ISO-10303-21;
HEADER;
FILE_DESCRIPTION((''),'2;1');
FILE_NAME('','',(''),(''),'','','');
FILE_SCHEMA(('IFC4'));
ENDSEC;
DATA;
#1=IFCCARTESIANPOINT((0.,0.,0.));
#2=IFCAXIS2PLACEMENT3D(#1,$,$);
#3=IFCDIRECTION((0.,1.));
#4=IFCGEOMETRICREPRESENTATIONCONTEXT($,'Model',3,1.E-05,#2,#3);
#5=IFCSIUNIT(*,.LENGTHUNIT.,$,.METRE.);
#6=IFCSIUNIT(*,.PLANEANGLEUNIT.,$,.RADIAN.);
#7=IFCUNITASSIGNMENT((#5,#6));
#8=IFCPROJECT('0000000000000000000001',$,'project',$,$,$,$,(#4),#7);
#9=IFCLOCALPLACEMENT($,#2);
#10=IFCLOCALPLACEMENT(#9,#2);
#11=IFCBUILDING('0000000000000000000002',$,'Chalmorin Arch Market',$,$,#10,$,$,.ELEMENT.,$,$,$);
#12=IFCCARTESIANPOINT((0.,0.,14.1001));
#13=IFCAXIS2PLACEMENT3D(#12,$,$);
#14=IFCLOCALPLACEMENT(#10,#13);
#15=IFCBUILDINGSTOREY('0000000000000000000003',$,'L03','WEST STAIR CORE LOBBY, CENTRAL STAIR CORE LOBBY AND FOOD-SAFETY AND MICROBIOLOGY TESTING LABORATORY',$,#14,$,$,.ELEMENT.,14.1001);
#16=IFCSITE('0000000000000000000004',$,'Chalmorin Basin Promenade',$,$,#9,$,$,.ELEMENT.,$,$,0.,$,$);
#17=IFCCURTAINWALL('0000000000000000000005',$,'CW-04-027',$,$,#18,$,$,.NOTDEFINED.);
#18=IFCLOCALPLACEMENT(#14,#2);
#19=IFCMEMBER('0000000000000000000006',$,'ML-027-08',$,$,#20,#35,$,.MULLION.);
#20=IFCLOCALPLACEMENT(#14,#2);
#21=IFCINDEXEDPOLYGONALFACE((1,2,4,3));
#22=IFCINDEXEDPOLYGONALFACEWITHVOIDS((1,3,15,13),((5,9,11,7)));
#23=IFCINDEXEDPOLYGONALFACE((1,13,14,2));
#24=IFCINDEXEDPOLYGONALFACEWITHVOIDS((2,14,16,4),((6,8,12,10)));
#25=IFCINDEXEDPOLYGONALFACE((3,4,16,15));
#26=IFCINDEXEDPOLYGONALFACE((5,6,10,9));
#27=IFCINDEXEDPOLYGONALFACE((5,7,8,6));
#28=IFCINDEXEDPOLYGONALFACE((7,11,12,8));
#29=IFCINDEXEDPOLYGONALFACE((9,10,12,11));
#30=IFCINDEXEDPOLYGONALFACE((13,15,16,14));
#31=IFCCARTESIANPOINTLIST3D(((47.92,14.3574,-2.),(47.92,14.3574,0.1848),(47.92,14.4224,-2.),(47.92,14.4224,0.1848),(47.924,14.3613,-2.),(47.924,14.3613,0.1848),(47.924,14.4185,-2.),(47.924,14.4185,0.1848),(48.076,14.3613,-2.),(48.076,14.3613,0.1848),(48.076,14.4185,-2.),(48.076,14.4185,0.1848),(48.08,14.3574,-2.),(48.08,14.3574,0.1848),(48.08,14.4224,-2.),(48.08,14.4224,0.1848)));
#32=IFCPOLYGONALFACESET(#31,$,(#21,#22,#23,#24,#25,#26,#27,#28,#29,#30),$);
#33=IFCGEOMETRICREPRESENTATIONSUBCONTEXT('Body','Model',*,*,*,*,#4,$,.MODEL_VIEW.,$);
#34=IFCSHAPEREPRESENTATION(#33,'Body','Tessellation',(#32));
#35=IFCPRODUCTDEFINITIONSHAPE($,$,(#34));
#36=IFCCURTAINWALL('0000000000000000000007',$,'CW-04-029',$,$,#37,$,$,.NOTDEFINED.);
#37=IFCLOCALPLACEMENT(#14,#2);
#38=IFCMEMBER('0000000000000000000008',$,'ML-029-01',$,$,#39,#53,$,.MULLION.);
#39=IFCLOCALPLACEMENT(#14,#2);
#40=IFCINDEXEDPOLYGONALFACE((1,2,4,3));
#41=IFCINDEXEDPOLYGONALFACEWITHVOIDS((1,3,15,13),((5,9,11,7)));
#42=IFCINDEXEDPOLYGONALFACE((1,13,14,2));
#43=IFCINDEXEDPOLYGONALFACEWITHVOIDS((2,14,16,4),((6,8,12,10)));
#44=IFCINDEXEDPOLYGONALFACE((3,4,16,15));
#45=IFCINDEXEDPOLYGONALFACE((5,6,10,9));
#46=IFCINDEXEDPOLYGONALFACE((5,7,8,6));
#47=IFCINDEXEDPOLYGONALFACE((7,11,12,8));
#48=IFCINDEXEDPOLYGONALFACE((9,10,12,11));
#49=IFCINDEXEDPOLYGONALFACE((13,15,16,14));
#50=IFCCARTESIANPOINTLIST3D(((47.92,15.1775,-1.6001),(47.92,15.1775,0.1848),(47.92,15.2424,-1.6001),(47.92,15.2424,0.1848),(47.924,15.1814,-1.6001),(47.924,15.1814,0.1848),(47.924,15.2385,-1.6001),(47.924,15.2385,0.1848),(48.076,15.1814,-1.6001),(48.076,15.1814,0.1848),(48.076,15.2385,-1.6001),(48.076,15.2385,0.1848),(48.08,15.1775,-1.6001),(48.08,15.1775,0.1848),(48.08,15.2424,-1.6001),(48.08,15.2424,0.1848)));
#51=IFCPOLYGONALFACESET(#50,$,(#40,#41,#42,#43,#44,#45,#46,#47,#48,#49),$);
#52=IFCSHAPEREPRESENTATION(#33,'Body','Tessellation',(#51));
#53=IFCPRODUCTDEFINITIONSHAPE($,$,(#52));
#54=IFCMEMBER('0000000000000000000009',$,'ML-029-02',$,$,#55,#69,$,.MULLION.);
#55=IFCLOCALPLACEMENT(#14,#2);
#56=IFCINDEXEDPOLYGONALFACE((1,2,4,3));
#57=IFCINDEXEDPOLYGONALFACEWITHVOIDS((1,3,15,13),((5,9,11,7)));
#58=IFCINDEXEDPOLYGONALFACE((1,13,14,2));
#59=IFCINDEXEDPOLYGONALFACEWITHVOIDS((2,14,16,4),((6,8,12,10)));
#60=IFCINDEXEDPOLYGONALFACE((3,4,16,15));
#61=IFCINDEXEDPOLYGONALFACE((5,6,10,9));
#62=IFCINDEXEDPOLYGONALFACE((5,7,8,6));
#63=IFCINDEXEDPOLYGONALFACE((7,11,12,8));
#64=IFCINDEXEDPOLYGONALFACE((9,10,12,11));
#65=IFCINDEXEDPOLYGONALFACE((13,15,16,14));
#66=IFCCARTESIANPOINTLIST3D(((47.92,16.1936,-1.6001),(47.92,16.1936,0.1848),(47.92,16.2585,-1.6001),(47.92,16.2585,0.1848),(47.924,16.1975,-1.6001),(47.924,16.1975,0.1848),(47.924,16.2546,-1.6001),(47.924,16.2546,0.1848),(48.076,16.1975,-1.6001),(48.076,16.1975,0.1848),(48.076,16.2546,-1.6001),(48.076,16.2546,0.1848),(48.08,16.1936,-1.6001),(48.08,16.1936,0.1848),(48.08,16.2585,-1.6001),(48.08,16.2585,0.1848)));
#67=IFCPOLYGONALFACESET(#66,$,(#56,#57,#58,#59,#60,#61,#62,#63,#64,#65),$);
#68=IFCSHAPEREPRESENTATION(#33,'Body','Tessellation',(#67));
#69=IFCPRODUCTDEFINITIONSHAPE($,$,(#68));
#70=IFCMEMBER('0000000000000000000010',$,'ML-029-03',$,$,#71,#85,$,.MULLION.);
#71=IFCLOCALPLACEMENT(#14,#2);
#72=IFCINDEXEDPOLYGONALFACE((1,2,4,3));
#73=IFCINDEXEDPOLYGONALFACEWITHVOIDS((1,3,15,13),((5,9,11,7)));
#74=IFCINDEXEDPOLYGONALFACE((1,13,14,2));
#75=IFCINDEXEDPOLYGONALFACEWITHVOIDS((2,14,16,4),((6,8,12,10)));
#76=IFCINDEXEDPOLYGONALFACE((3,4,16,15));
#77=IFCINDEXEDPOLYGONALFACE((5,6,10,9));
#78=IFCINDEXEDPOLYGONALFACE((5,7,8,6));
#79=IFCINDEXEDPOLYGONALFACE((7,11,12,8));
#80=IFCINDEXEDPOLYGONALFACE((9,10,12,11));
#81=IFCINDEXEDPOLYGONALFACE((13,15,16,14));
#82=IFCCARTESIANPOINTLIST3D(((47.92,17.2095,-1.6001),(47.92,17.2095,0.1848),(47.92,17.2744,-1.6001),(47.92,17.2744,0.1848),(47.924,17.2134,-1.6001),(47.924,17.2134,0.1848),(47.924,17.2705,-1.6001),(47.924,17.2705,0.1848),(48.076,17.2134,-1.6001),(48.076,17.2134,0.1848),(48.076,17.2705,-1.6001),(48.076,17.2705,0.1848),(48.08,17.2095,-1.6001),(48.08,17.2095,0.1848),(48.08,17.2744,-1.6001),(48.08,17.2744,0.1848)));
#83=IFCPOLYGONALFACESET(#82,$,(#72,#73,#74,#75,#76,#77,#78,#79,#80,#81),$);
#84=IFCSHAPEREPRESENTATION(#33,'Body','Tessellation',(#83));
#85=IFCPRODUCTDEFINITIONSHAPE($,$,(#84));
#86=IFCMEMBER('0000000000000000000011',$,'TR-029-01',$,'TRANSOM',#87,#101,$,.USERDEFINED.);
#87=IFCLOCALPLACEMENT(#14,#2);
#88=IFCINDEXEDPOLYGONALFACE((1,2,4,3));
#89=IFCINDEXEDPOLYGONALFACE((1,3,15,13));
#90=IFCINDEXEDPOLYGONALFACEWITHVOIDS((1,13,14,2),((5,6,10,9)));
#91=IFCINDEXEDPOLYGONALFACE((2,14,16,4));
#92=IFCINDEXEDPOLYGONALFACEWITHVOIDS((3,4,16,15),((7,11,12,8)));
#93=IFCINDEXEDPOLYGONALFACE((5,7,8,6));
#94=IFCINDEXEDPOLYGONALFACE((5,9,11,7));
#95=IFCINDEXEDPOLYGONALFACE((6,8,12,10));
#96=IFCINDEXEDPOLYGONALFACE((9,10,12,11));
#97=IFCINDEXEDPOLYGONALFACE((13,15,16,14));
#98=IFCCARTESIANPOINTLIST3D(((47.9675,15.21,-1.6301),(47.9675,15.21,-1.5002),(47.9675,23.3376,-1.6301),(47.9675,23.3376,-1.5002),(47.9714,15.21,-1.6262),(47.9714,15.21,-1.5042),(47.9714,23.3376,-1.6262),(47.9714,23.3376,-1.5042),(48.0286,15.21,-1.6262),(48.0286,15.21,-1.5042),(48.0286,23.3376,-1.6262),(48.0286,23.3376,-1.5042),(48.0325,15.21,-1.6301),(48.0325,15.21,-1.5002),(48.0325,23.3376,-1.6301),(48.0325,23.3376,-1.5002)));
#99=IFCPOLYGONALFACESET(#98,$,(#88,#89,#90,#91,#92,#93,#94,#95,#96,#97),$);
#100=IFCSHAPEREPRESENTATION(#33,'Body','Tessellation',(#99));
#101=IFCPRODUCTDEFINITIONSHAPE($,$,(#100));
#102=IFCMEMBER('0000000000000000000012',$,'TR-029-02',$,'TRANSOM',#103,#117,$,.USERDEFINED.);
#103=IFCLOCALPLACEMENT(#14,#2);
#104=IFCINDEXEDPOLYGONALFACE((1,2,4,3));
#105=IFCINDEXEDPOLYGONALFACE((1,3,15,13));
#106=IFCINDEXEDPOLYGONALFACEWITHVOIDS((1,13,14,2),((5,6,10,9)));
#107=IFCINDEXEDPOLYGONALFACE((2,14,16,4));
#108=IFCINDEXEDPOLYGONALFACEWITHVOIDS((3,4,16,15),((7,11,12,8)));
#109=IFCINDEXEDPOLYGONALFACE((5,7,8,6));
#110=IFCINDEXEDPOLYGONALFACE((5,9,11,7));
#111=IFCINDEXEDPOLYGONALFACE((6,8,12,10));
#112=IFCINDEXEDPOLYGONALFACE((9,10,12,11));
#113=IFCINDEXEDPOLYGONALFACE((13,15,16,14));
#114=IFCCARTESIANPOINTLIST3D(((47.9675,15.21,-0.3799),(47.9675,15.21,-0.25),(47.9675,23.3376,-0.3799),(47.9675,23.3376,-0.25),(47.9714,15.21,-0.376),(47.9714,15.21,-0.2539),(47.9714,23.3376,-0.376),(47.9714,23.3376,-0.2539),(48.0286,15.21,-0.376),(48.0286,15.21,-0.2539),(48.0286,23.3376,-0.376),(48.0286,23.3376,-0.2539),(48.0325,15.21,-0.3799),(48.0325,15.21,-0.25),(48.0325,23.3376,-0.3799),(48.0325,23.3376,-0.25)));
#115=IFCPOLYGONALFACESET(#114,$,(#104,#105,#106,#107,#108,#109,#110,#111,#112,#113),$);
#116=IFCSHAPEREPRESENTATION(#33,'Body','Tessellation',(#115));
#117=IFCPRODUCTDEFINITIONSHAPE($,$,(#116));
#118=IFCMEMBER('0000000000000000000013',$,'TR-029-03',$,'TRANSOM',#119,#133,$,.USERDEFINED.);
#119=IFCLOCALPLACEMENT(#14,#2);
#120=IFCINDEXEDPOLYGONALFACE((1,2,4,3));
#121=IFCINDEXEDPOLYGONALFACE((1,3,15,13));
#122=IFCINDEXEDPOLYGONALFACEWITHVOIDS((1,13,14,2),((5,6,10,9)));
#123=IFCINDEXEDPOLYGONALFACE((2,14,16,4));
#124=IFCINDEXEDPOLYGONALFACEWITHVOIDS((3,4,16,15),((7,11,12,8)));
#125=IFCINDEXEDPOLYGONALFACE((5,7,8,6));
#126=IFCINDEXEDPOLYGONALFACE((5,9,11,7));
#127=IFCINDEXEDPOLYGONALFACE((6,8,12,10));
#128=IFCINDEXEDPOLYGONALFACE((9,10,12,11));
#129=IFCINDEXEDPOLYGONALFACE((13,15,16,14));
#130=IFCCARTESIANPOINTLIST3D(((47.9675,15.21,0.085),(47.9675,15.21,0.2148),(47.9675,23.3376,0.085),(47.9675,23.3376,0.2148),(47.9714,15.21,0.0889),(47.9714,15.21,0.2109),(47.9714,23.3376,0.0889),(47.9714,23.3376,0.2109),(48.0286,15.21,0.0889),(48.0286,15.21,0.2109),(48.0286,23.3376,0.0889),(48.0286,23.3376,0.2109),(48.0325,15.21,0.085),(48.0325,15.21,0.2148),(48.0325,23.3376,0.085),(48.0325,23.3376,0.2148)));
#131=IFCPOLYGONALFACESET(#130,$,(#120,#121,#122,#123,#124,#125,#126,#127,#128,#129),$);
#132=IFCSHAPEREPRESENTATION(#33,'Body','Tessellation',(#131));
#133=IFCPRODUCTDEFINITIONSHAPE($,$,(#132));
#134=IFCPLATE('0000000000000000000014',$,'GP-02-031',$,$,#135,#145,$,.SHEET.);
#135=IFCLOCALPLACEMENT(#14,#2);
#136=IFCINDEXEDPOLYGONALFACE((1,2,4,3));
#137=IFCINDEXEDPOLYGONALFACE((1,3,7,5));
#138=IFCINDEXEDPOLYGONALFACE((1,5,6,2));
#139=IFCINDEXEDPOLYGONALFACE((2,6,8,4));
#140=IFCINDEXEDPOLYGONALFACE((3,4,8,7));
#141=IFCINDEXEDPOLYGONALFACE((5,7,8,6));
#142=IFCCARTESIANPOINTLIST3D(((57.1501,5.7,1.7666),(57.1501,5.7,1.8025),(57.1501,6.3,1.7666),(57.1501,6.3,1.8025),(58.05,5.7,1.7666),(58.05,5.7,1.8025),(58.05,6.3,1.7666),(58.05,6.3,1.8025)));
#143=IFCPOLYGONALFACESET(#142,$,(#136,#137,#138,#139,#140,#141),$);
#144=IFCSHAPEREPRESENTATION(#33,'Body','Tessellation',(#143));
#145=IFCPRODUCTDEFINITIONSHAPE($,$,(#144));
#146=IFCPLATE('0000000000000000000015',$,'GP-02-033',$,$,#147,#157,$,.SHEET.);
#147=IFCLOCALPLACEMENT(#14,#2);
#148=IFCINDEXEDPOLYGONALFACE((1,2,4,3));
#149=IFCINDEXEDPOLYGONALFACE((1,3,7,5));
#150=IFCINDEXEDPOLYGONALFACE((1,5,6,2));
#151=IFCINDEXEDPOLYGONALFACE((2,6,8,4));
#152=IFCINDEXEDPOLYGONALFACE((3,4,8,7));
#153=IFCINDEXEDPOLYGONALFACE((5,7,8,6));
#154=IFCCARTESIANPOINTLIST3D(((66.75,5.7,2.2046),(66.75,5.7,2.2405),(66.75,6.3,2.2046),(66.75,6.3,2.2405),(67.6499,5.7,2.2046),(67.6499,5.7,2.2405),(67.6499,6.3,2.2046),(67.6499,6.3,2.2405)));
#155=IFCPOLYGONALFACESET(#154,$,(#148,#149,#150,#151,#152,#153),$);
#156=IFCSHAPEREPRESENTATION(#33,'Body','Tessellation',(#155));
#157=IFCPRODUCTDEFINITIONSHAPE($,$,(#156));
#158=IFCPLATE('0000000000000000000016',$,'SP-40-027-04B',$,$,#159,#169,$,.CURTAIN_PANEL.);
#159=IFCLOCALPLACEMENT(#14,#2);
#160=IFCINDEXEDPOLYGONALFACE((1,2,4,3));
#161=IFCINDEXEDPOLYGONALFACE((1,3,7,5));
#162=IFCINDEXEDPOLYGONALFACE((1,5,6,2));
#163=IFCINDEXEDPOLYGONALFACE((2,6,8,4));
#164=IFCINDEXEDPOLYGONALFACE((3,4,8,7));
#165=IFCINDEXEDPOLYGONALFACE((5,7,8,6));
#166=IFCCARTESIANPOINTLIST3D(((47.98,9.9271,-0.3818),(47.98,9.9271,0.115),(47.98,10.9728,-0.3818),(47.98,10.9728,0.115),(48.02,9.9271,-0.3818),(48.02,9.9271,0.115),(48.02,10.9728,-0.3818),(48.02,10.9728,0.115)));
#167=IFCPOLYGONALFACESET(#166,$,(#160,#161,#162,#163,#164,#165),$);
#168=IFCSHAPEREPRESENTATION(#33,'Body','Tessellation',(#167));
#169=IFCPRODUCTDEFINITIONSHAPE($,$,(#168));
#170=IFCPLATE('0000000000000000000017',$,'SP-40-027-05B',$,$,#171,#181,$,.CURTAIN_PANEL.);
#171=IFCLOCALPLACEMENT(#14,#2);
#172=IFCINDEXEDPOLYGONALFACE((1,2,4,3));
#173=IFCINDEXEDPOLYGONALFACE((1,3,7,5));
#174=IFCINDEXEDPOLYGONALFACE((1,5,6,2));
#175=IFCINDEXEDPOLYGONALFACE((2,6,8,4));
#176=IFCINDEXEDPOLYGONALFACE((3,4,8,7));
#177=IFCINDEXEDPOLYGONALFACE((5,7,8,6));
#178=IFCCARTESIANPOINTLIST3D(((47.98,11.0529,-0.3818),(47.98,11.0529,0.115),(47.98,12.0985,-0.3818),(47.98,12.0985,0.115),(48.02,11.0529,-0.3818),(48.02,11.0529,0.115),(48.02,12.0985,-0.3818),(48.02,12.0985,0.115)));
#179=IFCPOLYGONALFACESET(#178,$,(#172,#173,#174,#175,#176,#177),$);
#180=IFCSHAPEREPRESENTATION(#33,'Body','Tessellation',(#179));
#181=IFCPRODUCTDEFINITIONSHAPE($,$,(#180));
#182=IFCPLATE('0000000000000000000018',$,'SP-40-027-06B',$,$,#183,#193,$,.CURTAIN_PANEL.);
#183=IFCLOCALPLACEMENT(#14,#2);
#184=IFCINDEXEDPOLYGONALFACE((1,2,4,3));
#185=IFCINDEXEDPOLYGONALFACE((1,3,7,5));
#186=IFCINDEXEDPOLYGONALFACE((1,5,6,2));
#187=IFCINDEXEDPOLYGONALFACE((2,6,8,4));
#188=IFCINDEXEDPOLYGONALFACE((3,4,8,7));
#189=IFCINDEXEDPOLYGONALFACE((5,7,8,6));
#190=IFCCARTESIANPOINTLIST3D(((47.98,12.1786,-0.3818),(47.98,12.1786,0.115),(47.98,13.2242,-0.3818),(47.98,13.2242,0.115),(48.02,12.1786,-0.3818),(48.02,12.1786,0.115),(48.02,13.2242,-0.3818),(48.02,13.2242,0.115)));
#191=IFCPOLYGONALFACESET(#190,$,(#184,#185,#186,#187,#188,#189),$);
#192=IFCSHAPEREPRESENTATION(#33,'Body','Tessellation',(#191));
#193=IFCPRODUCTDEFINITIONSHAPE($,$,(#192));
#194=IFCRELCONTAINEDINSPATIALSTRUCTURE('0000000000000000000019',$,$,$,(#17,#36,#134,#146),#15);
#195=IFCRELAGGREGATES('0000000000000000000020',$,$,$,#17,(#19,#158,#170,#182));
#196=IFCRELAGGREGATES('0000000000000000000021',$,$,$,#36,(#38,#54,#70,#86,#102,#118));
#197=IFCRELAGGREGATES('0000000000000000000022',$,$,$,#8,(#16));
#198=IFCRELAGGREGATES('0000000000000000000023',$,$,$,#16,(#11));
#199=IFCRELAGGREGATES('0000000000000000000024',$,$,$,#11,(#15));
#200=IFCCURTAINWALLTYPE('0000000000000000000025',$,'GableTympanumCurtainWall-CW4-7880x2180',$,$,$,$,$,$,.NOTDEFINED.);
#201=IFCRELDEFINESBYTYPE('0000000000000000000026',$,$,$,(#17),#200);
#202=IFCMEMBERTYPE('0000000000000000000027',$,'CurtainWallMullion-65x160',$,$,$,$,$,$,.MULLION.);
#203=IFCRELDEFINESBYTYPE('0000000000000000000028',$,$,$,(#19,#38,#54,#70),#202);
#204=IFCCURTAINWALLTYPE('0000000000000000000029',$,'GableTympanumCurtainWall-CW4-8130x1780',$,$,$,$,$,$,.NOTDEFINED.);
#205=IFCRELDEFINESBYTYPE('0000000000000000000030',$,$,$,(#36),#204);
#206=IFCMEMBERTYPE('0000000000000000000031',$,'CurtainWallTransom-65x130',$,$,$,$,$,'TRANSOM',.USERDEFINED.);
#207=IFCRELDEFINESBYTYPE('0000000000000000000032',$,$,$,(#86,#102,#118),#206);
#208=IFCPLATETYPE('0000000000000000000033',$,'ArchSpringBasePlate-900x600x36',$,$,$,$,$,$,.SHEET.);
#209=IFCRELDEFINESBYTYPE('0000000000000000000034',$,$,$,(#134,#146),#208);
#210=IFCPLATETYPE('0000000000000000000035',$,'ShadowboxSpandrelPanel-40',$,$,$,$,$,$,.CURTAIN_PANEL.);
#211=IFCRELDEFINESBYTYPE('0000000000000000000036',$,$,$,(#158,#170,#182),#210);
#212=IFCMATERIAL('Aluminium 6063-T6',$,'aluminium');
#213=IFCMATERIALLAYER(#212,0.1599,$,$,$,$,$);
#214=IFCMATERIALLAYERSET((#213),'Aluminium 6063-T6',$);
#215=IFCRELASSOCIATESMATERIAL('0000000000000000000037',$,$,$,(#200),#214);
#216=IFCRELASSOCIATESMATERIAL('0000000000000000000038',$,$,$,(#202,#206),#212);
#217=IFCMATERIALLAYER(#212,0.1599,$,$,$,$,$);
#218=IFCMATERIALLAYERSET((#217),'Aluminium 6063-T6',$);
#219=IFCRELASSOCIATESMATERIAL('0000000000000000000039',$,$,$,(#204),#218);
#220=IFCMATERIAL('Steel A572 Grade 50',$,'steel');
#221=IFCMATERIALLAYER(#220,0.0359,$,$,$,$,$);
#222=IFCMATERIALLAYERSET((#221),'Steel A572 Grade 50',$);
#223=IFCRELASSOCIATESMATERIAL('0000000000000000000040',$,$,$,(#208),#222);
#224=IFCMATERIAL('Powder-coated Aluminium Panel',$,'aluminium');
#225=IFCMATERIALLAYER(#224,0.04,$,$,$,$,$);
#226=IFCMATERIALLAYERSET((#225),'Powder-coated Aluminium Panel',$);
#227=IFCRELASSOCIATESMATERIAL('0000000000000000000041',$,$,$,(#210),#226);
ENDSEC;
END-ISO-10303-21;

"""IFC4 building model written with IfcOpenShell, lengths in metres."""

from ifc_helpers import new_model, si_unit, direction, frame, origin, origin_2d, place, context, subcontext, project, spatial, rectangle, hollow_rectangle, extrude, material, layer, layer_set, material_profile, profile_set, type_object, element, aggregate, save


model = new_model("IFC4")

# Units and contexts
model_context = context("Model", 3, precision=1e-05, world=origin(), true_north=direction((0.0, 1.0)))
body_context = subcontext(model_context, "Body", "Model", "MODEL_VIEW")
ifc_project = project(units=[si_unit("LENGTHUNIT", "METRE"), si_unit("PLANEANGLEUNIT", "RADIAN")], contexts=[model_context])

# Site, building, storey
site_placement = place(None, origin())
site = spatial("IfcSite", under=ifc_project, at=site_placement, Name="Chalmorin Basin Promenade", CompositionType="ELEMENT", RefElevation=0.0)
building_placement = place(site_placement, origin())
building = spatial("IfcBuilding", under=site, at=building_placement, Name="Chalmorin Arch Market", CompositionType="ELEMENT")
storey_placement = place(building_placement, frame((0.0, 0.0, 14.1001)))
storey = spatial("IfcBuildingStorey", under=building, at=storey_placement, Name="L03", Description="WEST STAIR CORE LOBBY, CENTRAL STAIR CORE LOBBY AND FOOD-SAFETY AND MICROBIOLOGY TESTING LABORATORY", CompositionType="ELEMENT", Elevation=14.1001)

# Curtain walls, members
ifc_material_1 = material(Name="Aluminium 6063-T6", Category="aluminium")
ifc_layer_1 = layer(ifc_material_1, 0.1599)
ifc_layer_set_1 = layer_set([ifc_layer_1], Name="Aluminium 6063-T6")
curtain_wall_type_1 = type_object("IfcCurtainWallType", Name="GableTympanumCurtainWall-CW4-7880x2180", PredefinedType="NOTDEFINED", material=ifc_layer_set_1)
curtain_wall_1_placement = place(storey_placement, origin())
curtain_wall_1 = element("IfcCurtainWall", 1, at=curtain_wall_1_placement, inside=storey, type_object=curtain_wall_type_1, Name="CW-04-027", PredefinedType="NOTDEFINED")
ifc_material_profile_1 = material_profile(ifc_material_1, hollow_rectangle(XDim=0.0649, YDim=0.1599, WallThickness=0.0039, at=origin_2d()), Name="ALU65X160X4")
ifc_profile_set_1 = profile_set([ifc_material_profile_1], Name="Aluminium 6063-T6")
member_type_1 = type_object("IfcMemberType", Name="CurtainWallMullion-65x160", PredefinedType="MULLION", material=ifc_profile_set_1)
member_1_placement = place(storey_placement, frame((48.0, 14.3899, -2.0), z_axis=(0.0, 0.0, 1.0), x_axis=(0.0, 1.0, 0.0)))
member_1 = element("IfcMember", 2, at=member_1_placement, type_object=member_type_1, Name="ML-027-08", PredefinedType="MULLION", context=body_context, shape_type="SweptSolid", body=[
    extrude(hollow_rectangle(XDim=0.0649, YDim=0.1599, WallThickness=0.0039, at=origin_2d()), origin(), (0.0, 0.0, 1.0), 2.1848),
])
ifc_layer_2 = layer(ifc_material_1, 0.1599)
ifc_layer_set_2 = layer_set([ifc_layer_2], Name="Aluminium 6063-T6")
curtain_wall_type_2 = type_object("IfcCurtainWallType", Name="GableTympanumCurtainWall-CW4-8130x1780", PredefinedType="NOTDEFINED", material=ifc_layer_set_2)
curtain_wall_2_placement = place(storey_placement, origin())
curtain_wall_2 = element("IfcCurtainWall", 3, at=curtain_wall_2_placement, inside=storey, type_object=curtain_wall_type_2, Name="CW-04-029", PredefinedType="NOTDEFINED")
member_2_placement = place(storey_placement, frame((48.0, 15.21, -1.6001), z_axis=(0.0, 0.0, 1.0), x_axis=(0.0, 1.0, 0.0)))
member_2 = element("IfcMember", 4, at=member_2_placement, type_object=member_type_1, Name="ML-029-01", PredefinedType="MULLION", context=body_context, shape_type="SweptSolid", body=[
    extrude(hollow_rectangle(XDim=0.0649, YDim=0.1599, WallThickness=0.0039, at=origin_2d()), origin(), (0.0, 0.0, 1.0), 1.7849),
])
member_3_placement = place(storey_placement, frame((48.0, 16.2261, -1.6001), z_axis=(0.0, 0.0, 1.0), x_axis=(0.0, 1.0, 0.0)))
member_3 = element("IfcMember", 5, at=member_3_placement, type_object=member_type_1, Name="ML-029-02", PredefinedType="MULLION", context=body_context, shape_type="SweptSolid", body=[
    extrude(hollow_rectangle(XDim=0.0649, YDim=0.1599, WallThickness=0.0039, at=origin_2d()), origin(), (0.0, 0.0, 1.0), 1.7849),
])
member_4_placement = place(storey_placement, frame((48.0, 17.2419, -1.6001), z_axis=(0.0, 0.0, 1.0), x_axis=(0.0, 1.0, 0.0)))
member_4 = element("IfcMember", 6, at=member_4_placement, type_object=member_type_1, Name="ML-029-03", PredefinedType="MULLION", context=body_context, shape_type="SweptSolid", body=[
    extrude(hollow_rectangle(XDim=0.0649, YDim=0.1599, WallThickness=0.0039, at=origin_2d()), origin(), (0.0, 0.0, 1.0), 1.7849),
])
ifc_material_profile_2 = material_profile(ifc_material_1, hollow_rectangle(XDim=0.0649, YDim=0.1299, WallThickness=0.0039, at=origin_2d()), Name="ALU65X130X4")
ifc_profile_set_2 = profile_set([ifc_material_profile_2], Name="Aluminium 6063-T6")
member_type_2 = type_object("IfcMemberType", Name="CurtainWallTransom-65x130", ElementType="TRANSOM", PredefinedType="USERDEFINED", material=ifc_profile_set_2)
member_5_placement = place(storey_placement, frame((48.0, 15.21, -1.5652), z_axis=(0.0, 1.0, 0.0), x_axis=(-1.0, 0.0, 0.0)))
member_5 = element("IfcMember", 7, at=member_5_placement, type_object=member_type_2, Name="TR-029-01", ObjectType="TRANSOM", PredefinedType="USERDEFINED", context=body_context, shape_type="SweptSolid", body=[
    extrude(hollow_rectangle(XDim=0.0649, YDim=0.1299, WallThickness=0.0039, at=origin_2d()), origin(), (0.0, 0.0, 1.0), 8.1277),
])
member_6_placement = place(storey_placement, frame((48.0, 15.21, -0.3149), z_axis=(0.0, 1.0, 0.0), x_axis=(-1.0, 0.0, 0.0)))
member_6 = element("IfcMember", 8, at=member_6_placement, type_object=member_type_2, Name="TR-029-02", ObjectType="TRANSOM", PredefinedType="USERDEFINED", context=body_context, shape_type="SweptSolid", body=[
    extrude(hollow_rectangle(XDim=0.0649, YDim=0.1299, WallThickness=0.0039, at=origin_2d()), origin(), (0.0, 0.0, 1.0), 8.1277),
])
member_7_placement = place(storey_placement, frame((48.0, 15.21, 0.1499), z_axis=(0.0, 1.0, 0.0), x_axis=(-1.0, 0.0, 0.0)))
member_7 = element("IfcMember", 9, at=member_7_placement, type_object=member_type_2, Name="TR-029-03", ObjectType="TRANSOM", PredefinedType="USERDEFINED", context=body_context, shape_type="SweptSolid", body=[
    extrude(hollow_rectangle(XDim=0.0649, YDim=0.1299, WallThickness=0.0039, at=origin_2d()), origin(), (0.0, 0.0, 1.0), 8.1277),
])

# Plates
ifc_material_2 = material(Name="Steel A572 Grade 50", Category="steel")
ifc_layer_3 = layer(ifc_material_2, 0.0359)
ifc_layer_set_3 = layer_set([ifc_layer_3], Name="Steel A572 Grade 50")
plate_type_1 = type_object("IfcPlateType", Name="ArchSpringBasePlate-900x600x36", PredefinedType="SHEET", material=ifc_layer_set_3)
for number, where, z_axis, x_axis, name in (
    (10, (57.6001, 6.0, 1.7666), (0.0, 0.0, 1.0), (1.0, 0.0, 0.0), "GP-02-031"),
    (11, (67.2, 6.0, 2.2046), (0.0, 0.0, 1.0), (1.0, 0.0, 0.0), "GP-02-033"),
):
    element("IfcPlate", number, at=place(storey_placement, frame(where, z_axis=z_axis, x_axis=x_axis)), inside=storey, type_object=plate_type_1, Name=name, PredefinedType="SHEET", context=body_context, shape_type="SweptSolid", body=[
        extrude(rectangle(XDim=0.8999, YDim=0.6001, at=origin_2d()), origin(), (0.0, 0.0, 1.0), 0.0359),
    ])

# Plates
ifc_material_3 = material(Name="Powder-coated Aluminium Panel", Category="aluminium")
ifc_layer_4 = layer(ifc_material_3, 0.04)
ifc_layer_set_4 = layer_set([ifc_layer_4], Name="Powder-coated Aluminium Panel")
plate_type_2 = type_object("IfcPlateType", Name="ShadowboxSpandrelPanel-40", PredefinedType="CURTAIN_PANEL", material=ifc_layer_set_4)
plate_1_placement = place(storey_placement, frame((48.0, 10.45, -0.3818), z_axis=(0.0, 0.0, 1.0), x_axis=(0.0, 1.0, 0.0)))
plate_1 = element("IfcPlate", 12, at=plate_1_placement, type_object=plate_type_2, Name="SP-40-027-04B", PredefinedType="CURTAIN_PANEL", context=body_context, shape_type="SweptSolid", body=[
    extrude(rectangle(XDim=1.0457, YDim=0.04, at=origin_2d()), origin(), (0.0, 0.0, 1.0), 0.4968),
])
plate_2_placement = place(storey_placement, frame((48.0, 11.5757, -0.3818), z_axis=(0.0, 0.0, 1.0), x_axis=(0.0, 1.0, 0.0)))
plate_2 = element("IfcPlate", 13, at=plate_2_placement, type_object=plate_type_2, Name="SP-40-027-05B", PredefinedType="CURTAIN_PANEL", context=body_context, shape_type="SweptSolid", body=[
    extrude(rectangle(XDim=1.0457, YDim=0.04, at=origin_2d()), origin(), (0.0, 0.0, 1.0), 0.4968),
])
plate_3_placement = place(storey_placement, frame((48.0, 12.7014, -0.3818), z_axis=(0.0, 0.0, 1.0), x_axis=(0.0, 1.0, 0.0)))
plate_3 = element("IfcPlate", 14, at=plate_3_placement, type_object=plate_type_2, Name="SP-40-027-06B", PredefinedType="CURTAIN_PANEL", context=body_context, shape_type="SweptSolid", body=[
    extrude(rectangle(XDim=1.0457, YDim=0.04, at=origin_2d()), origin(), (0.0, 0.0, 1.0), 0.4968),
])
aggregate(curtain_wall_1, [member_1, plate_1, plate_2, plate_3])
aggregate(curtain_wall_2, [member_2, member_3, member_4, member_5, member_6, member_7])

save(model, "model.ifc")
